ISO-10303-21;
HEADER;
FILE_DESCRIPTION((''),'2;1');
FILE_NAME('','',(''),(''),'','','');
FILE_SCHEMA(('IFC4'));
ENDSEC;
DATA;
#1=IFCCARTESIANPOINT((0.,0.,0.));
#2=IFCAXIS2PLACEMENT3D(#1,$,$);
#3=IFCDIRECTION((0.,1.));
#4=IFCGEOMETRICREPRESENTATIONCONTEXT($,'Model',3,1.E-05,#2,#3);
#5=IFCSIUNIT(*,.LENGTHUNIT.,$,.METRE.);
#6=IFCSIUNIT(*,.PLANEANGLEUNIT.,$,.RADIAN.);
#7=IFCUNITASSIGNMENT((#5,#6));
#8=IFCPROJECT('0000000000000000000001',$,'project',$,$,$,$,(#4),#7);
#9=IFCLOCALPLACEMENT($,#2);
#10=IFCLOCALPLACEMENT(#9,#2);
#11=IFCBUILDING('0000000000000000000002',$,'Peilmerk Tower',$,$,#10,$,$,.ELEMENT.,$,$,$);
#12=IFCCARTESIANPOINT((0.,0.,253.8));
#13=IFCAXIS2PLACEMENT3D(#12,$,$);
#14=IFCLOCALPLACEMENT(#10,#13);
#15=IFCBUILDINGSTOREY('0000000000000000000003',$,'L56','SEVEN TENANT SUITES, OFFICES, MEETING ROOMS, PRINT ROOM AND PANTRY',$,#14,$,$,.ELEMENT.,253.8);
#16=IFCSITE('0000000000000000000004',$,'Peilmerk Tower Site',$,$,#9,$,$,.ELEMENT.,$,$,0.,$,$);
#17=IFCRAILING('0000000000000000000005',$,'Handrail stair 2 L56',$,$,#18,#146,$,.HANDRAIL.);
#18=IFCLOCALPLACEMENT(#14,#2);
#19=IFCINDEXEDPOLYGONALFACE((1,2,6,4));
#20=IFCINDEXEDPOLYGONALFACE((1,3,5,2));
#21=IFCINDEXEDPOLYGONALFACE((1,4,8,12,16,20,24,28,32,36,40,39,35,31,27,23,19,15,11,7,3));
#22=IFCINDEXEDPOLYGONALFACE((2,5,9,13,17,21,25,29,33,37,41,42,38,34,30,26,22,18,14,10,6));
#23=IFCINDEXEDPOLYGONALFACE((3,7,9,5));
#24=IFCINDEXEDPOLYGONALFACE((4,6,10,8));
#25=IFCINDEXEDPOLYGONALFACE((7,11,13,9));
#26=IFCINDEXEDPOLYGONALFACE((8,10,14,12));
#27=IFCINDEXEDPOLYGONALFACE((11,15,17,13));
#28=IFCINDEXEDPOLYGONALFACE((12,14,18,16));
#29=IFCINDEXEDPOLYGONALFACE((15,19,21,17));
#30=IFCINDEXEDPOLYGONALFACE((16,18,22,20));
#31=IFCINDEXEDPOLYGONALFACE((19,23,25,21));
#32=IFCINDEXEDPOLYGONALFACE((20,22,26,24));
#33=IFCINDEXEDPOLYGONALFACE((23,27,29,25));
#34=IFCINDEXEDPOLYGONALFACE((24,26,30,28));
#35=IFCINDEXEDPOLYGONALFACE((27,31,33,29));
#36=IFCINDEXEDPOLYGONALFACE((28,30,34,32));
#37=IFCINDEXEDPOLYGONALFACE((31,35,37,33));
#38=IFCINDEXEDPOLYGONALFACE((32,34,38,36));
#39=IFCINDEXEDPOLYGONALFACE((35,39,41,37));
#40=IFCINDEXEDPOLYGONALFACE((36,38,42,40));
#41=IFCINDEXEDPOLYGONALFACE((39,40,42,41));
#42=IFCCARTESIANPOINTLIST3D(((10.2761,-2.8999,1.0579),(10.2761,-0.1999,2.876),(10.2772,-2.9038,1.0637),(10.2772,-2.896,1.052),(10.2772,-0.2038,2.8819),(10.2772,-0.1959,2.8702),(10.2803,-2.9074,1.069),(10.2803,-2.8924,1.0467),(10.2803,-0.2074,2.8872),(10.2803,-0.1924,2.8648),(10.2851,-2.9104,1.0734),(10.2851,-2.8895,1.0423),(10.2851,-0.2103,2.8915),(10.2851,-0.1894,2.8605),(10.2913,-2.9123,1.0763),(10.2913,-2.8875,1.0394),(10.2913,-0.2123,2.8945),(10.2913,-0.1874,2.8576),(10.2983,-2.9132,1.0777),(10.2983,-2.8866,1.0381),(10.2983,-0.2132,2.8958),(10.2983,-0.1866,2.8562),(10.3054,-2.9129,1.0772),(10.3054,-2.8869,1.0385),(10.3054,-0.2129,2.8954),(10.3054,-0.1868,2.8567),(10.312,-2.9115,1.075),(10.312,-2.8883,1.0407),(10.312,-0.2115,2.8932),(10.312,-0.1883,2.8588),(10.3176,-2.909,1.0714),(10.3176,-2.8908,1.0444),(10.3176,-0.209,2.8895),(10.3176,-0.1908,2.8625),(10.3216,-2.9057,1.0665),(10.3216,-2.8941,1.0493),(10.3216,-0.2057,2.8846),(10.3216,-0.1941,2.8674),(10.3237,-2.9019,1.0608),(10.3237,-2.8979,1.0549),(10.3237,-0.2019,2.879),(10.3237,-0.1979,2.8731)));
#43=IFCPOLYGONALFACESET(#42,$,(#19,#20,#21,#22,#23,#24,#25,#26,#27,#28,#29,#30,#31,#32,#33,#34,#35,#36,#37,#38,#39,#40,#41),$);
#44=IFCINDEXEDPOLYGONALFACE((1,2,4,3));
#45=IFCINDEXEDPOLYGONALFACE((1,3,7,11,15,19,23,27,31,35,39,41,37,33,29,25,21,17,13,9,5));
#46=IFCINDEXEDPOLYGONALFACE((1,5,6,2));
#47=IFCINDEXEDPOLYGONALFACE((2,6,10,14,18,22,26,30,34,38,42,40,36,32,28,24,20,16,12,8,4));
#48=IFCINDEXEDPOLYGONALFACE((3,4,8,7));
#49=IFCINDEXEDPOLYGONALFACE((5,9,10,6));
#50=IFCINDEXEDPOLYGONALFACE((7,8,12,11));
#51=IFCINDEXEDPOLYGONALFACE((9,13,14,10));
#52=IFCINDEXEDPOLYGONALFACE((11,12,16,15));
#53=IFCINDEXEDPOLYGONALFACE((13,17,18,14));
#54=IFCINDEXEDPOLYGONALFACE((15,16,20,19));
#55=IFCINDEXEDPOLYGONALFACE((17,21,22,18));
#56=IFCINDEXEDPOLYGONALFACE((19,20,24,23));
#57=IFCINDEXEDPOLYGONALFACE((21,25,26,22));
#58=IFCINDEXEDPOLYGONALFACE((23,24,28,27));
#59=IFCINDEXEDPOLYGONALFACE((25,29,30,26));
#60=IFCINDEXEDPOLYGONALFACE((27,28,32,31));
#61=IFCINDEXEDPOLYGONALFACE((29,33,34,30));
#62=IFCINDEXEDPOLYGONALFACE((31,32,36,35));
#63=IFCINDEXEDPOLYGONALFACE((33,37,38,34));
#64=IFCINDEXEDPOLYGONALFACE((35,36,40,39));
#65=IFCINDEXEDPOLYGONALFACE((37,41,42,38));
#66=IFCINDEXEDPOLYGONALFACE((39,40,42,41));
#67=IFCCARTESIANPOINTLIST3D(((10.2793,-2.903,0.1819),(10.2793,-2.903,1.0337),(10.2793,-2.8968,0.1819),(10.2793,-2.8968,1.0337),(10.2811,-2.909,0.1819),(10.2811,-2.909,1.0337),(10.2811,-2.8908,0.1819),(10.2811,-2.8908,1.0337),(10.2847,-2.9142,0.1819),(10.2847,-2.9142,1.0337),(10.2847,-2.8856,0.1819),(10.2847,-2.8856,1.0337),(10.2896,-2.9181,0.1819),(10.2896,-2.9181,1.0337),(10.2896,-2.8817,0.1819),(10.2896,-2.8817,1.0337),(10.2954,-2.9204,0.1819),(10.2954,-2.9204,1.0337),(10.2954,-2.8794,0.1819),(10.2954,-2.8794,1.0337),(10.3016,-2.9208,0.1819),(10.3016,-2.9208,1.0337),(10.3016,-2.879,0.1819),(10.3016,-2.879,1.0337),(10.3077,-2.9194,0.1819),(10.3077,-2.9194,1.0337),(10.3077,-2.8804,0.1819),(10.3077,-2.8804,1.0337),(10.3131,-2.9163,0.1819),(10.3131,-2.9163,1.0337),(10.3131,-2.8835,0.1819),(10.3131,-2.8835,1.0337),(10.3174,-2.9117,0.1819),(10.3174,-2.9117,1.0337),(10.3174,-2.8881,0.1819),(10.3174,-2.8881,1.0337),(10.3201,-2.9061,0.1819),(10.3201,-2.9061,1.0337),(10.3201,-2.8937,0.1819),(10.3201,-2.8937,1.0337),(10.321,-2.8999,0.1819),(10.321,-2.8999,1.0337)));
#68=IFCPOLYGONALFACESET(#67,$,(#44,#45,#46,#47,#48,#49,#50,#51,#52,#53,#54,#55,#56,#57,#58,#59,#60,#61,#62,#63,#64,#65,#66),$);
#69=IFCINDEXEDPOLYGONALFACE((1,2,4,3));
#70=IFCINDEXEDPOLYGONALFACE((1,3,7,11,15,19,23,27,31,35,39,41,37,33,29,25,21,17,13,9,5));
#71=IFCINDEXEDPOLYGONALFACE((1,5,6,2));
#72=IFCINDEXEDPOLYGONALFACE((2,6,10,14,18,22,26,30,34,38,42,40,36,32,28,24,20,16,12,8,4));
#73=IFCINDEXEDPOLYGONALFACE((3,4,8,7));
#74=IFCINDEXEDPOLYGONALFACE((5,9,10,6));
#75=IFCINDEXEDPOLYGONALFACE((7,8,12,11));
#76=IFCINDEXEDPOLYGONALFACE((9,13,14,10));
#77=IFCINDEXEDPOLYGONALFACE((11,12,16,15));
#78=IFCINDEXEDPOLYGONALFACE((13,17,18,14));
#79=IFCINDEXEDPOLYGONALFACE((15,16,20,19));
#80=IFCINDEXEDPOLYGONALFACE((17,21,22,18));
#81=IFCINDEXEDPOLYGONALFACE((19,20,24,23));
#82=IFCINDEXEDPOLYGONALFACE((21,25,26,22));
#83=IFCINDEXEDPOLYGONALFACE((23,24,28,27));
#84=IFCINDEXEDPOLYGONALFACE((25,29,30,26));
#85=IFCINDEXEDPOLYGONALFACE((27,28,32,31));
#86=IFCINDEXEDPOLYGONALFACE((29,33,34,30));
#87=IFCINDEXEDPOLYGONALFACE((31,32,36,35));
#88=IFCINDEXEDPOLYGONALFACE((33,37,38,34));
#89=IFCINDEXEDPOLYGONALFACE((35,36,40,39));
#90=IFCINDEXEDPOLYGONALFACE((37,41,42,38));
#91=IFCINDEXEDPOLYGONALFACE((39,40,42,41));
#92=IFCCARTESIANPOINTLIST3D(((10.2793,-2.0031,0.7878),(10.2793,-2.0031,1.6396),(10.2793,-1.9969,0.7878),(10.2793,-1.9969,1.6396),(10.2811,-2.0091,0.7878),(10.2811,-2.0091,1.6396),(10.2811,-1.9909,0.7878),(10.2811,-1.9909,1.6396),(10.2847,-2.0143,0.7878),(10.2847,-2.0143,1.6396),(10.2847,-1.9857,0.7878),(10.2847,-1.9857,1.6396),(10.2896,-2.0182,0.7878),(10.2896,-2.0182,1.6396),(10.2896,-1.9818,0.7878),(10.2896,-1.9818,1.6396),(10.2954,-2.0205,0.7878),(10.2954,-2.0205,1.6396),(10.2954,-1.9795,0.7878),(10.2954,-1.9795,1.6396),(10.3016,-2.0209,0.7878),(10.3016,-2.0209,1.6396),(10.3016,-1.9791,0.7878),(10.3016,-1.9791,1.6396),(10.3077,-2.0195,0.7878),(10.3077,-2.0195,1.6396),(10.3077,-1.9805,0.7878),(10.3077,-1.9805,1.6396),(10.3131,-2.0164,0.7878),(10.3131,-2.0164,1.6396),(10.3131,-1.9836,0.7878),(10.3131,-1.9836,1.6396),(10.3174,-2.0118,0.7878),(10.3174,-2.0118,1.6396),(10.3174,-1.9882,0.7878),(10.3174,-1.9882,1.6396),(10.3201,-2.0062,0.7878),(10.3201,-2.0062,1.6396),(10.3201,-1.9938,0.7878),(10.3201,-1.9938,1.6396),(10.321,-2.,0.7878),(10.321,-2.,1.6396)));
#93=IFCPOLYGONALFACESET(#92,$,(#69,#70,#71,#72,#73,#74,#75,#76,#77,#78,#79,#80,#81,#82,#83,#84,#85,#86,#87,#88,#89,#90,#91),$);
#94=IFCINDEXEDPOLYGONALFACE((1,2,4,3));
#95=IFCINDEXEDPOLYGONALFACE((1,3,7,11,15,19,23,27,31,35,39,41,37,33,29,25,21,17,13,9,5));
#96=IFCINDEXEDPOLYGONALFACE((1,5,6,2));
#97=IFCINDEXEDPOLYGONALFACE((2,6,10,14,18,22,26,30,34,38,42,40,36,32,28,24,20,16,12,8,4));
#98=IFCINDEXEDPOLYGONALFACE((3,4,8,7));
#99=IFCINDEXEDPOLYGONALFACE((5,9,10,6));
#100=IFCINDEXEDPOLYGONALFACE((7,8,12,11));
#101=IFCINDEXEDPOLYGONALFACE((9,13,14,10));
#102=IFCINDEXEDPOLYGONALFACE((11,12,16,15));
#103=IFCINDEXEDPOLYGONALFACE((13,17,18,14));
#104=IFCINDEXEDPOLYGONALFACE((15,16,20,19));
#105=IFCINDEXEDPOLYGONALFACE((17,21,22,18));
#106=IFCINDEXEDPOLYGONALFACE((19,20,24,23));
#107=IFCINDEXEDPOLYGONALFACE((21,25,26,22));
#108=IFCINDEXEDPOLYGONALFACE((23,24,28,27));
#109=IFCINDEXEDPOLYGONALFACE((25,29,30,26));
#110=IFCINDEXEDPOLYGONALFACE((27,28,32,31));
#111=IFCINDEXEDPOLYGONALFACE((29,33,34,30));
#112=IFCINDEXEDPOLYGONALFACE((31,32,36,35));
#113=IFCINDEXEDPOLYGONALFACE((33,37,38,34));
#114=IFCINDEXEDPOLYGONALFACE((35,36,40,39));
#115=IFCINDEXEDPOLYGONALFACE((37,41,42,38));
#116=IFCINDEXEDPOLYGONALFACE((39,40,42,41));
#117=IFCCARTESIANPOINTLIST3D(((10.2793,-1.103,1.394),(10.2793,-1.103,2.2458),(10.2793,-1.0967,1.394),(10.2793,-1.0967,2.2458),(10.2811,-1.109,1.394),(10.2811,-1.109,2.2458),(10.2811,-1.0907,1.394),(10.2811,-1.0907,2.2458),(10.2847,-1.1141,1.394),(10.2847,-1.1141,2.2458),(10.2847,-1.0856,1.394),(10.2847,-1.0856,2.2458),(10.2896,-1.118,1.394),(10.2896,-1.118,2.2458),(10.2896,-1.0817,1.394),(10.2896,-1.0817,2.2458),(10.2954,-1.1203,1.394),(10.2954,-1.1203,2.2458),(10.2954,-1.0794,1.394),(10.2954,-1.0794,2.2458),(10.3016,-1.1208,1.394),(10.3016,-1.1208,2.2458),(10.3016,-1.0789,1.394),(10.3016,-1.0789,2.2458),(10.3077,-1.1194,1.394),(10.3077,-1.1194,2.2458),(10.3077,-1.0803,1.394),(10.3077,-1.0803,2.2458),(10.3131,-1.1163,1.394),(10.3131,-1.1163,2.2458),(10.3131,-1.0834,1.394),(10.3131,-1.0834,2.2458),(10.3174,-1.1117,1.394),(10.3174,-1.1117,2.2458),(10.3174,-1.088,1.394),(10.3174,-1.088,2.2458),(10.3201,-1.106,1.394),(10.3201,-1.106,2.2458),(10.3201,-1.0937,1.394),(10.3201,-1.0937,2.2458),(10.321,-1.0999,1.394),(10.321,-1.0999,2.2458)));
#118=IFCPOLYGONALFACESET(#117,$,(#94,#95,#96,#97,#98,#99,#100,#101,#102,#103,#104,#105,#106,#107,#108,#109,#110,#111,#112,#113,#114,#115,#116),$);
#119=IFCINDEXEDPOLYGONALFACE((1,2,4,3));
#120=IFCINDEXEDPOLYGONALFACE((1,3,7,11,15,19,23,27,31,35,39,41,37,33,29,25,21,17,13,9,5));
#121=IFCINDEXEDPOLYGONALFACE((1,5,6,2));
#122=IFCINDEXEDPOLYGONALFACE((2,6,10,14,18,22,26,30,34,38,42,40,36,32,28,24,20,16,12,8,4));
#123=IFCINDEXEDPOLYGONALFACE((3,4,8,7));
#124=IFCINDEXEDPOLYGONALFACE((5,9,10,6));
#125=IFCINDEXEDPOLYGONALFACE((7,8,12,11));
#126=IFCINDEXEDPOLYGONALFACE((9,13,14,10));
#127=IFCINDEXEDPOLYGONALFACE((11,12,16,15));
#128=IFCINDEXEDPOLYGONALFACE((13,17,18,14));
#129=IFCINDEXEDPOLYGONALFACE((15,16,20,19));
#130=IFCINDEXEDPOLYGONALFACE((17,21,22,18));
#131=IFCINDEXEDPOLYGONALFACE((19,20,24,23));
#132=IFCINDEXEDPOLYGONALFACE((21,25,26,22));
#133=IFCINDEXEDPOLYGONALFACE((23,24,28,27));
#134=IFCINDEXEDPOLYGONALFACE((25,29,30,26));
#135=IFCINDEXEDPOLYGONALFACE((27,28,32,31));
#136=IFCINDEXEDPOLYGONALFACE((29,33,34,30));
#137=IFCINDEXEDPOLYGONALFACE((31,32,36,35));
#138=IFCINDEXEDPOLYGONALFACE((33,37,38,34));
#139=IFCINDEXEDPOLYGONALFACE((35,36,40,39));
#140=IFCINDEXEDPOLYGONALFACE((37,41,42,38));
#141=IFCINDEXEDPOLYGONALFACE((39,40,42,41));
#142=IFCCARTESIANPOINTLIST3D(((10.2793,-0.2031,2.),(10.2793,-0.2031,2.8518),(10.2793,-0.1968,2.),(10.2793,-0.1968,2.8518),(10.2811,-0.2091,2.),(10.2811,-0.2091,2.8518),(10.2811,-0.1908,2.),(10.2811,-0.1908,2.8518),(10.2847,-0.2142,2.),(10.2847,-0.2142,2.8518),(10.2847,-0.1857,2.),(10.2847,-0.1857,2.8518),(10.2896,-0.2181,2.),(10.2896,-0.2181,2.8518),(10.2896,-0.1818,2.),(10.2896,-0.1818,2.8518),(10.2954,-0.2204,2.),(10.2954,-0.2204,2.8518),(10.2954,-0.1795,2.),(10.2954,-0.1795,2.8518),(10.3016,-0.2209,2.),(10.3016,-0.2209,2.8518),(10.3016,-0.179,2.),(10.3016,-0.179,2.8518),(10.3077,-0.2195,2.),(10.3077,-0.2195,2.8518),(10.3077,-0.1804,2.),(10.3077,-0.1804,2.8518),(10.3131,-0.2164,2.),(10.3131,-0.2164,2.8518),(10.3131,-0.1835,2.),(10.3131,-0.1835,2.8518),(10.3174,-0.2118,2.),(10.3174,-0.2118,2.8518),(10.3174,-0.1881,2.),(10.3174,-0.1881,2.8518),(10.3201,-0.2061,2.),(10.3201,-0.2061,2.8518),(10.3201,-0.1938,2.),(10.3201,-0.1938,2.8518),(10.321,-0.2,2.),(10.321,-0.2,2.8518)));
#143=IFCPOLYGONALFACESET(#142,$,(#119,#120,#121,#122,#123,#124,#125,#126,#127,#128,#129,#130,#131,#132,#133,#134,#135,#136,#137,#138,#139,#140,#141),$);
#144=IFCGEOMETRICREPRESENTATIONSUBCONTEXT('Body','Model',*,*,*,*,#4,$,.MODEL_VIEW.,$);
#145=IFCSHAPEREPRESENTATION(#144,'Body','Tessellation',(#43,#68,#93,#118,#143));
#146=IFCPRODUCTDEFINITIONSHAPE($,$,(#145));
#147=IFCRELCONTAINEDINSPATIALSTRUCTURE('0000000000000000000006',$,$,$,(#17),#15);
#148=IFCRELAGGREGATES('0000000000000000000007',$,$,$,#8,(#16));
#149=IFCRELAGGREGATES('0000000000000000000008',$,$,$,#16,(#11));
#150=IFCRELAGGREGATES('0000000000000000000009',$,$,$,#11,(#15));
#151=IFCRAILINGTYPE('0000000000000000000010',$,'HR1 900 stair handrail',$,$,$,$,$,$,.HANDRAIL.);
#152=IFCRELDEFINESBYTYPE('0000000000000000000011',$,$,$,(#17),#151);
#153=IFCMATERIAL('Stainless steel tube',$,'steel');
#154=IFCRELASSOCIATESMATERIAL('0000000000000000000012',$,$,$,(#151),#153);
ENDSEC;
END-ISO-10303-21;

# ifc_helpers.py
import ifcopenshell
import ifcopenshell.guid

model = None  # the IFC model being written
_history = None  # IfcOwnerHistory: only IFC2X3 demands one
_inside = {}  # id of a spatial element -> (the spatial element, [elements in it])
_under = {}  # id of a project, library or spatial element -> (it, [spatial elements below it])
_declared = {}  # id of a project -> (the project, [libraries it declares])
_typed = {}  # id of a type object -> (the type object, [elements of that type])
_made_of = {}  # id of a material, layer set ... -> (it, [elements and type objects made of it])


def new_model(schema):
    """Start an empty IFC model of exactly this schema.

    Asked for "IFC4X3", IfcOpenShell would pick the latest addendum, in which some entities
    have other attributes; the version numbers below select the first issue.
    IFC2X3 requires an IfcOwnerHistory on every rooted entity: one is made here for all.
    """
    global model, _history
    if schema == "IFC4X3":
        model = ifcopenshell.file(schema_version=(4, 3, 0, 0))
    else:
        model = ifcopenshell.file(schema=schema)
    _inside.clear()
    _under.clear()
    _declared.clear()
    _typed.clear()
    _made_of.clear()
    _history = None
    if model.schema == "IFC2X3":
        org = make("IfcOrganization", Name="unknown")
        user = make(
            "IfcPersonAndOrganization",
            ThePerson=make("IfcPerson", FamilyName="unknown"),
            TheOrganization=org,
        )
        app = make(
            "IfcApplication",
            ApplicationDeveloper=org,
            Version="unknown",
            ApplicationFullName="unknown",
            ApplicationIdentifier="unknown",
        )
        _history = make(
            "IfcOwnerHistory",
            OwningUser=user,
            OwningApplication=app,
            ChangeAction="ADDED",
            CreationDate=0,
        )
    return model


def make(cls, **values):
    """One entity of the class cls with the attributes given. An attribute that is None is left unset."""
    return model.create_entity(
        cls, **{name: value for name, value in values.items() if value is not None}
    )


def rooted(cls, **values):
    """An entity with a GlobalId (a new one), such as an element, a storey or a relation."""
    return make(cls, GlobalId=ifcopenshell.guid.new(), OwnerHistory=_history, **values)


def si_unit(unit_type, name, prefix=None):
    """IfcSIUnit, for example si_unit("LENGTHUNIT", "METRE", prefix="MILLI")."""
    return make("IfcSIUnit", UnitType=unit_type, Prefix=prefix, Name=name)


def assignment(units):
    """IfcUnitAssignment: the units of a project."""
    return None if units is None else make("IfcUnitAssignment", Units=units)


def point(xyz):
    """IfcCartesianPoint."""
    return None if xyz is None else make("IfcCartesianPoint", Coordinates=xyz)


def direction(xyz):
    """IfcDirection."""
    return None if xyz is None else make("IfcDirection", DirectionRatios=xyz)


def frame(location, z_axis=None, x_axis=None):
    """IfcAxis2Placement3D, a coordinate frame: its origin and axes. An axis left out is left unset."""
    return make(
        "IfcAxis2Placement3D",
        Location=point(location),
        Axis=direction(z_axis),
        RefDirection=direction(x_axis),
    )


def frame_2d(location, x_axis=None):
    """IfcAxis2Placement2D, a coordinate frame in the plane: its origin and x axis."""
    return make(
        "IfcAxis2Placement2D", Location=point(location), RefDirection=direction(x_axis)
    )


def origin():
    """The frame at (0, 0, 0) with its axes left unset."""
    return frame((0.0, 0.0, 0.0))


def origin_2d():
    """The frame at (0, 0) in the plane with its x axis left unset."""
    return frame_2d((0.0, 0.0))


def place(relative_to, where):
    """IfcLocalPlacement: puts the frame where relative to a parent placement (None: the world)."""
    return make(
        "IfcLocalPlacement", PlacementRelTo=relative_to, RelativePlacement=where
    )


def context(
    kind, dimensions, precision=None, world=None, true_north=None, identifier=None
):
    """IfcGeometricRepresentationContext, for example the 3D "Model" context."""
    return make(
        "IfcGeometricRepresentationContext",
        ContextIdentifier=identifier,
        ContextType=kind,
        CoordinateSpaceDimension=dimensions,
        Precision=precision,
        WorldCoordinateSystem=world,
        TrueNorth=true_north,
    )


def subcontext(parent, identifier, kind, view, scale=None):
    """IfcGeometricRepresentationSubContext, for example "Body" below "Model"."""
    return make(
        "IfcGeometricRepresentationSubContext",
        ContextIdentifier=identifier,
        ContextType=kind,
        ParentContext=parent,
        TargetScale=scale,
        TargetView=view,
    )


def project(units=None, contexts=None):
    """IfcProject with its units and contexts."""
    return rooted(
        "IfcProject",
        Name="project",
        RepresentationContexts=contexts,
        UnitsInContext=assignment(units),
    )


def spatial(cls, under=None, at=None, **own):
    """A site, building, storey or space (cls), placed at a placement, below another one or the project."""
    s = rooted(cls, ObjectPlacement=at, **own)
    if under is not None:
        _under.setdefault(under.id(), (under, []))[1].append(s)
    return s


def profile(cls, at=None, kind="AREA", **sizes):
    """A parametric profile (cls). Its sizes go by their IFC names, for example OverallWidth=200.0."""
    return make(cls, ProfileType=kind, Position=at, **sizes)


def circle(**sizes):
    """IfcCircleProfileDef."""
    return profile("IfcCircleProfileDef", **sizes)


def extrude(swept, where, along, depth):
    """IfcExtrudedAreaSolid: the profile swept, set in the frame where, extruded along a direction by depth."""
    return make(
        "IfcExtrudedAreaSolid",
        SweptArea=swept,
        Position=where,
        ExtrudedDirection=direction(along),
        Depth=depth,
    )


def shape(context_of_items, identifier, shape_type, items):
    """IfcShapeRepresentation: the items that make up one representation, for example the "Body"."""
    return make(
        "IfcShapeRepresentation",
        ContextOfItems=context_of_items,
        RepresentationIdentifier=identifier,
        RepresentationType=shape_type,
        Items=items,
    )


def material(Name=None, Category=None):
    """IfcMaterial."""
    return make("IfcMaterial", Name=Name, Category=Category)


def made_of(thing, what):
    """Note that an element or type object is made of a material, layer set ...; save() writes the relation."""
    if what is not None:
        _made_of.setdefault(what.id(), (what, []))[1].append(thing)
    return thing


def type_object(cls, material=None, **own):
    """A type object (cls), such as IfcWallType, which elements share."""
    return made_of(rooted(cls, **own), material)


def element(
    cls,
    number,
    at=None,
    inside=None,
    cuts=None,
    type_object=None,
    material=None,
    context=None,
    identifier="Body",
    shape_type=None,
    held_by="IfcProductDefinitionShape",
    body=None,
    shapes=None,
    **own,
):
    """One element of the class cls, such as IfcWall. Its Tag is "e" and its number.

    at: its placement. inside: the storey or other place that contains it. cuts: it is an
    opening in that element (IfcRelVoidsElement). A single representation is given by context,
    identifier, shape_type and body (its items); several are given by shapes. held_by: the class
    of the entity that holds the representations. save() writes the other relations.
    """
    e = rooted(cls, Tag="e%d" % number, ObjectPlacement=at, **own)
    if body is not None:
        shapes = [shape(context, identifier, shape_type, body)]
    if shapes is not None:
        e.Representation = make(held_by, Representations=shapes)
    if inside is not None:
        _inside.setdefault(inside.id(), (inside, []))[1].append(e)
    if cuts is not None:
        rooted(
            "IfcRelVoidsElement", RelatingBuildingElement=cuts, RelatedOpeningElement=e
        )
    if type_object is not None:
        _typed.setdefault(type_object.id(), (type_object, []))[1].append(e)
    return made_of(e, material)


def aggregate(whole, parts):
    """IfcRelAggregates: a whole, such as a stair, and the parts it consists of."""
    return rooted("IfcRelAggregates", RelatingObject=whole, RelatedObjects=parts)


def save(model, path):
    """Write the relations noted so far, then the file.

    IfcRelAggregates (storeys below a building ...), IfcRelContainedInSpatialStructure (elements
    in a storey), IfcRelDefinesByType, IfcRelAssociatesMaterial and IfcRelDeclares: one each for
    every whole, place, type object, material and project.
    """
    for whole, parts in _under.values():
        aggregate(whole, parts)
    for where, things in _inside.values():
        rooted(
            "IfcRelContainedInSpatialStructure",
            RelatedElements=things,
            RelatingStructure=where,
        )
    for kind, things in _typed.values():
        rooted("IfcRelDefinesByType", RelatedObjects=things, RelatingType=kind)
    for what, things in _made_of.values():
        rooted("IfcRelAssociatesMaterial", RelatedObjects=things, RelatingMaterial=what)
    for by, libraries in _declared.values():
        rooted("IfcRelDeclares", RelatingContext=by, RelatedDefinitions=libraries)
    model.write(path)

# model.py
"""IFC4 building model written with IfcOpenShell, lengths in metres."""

from ifc_helpers import new_model, si_unit, direction, frame, origin, origin_2d, place, context, subcontext, project, spatial, circle, extrude, material, type_object, element, save


model = new_model("IFC4")

# Units and contexts
model_context = context("Model", 3, precision=1e-05, world=origin(), true_north=direction((0.0, 1.0)))
body_context = subcontext(model_context, "Body", "Model", "MODEL_VIEW")
ifc_project = project(units=[si_unit("LENGTHUNIT", "METRE"), si_unit("PLANEANGLEUNIT", "RADIAN")], contexts=[model_context])

# Site, building, storey
site_placement = place(None, origin())
site = spatial("IfcSite", under=ifc_project, at=site_placement, Name="Peilmerk Tower Site", CompositionType="ELEMENT", RefElevation=0.0)
building_placement = place(site_placement, origin())
building = spatial("IfcBuilding", under=site, at=building_placement, Name="Peilmerk Tower", CompositionType="ELEMENT")
storey_placement = place(building_placement, frame((0.0, 0.0, 253.8)))
storey = spatial("IfcBuildingStorey", under=building, at=storey_placement, Name="L56", Description="SEVEN TENANT SUITES, OFFICES, MEETING ROOMS, PRINT ROOM AND PANTRY", CompositionType="ELEMENT", Elevation=253.8)

# Railing
ifc_material_1 = material(Name="Stainless steel tube", Category="steel")
railing_type_1 = type_object("IfcRailingType", Name="HR1 900 stair handrail", PredefinedType="HANDRAIL", material=ifc_material_1)
railing_1_placement = place(storey_placement, frame((10.3, -2.8999, 0.1819)))
element("IfcRailing", 1, at=railing_1_placement, inside=storey, type_object=railing_type_1, Name="Handrail stair 2 L56", PredefinedType="HANDRAIL", context=body_context, shape_type="SweptSolid", body=[
    extrude(circle(Radius=0.0239, at=origin_2d()), frame((0.0, 0.0, 0.876), z_axis=(0.0, 0.829468, 0.558554), x_axis=(-1.0, 0.0, 0.0)), (0.0, 0.0, 1.0), 3.2551),
    extrude(circle(Radius=0.021, at=origin_2d()), origin(), (0.0, 0.0, 1.0), 0.8518),
    extrude(circle(Radius=0.021, at=origin_2d()), frame((0.0, 0.8999, 0.606)), (0.0, 0.0, 1.0), 0.8518),
    extrude(circle(Radius=0.021, at=origin_2d()), frame((0.0, 1.8, 1.2122)), (0.0, 0.0, 1.0), 0.8518),
    extrude(circle(Radius=0.021, at=origin_2d()), frame((0.0, 2.7, 1.8181)), (0.0, 0.0, 1.0), 0.8518),
])

save(model, "model.ifc")
